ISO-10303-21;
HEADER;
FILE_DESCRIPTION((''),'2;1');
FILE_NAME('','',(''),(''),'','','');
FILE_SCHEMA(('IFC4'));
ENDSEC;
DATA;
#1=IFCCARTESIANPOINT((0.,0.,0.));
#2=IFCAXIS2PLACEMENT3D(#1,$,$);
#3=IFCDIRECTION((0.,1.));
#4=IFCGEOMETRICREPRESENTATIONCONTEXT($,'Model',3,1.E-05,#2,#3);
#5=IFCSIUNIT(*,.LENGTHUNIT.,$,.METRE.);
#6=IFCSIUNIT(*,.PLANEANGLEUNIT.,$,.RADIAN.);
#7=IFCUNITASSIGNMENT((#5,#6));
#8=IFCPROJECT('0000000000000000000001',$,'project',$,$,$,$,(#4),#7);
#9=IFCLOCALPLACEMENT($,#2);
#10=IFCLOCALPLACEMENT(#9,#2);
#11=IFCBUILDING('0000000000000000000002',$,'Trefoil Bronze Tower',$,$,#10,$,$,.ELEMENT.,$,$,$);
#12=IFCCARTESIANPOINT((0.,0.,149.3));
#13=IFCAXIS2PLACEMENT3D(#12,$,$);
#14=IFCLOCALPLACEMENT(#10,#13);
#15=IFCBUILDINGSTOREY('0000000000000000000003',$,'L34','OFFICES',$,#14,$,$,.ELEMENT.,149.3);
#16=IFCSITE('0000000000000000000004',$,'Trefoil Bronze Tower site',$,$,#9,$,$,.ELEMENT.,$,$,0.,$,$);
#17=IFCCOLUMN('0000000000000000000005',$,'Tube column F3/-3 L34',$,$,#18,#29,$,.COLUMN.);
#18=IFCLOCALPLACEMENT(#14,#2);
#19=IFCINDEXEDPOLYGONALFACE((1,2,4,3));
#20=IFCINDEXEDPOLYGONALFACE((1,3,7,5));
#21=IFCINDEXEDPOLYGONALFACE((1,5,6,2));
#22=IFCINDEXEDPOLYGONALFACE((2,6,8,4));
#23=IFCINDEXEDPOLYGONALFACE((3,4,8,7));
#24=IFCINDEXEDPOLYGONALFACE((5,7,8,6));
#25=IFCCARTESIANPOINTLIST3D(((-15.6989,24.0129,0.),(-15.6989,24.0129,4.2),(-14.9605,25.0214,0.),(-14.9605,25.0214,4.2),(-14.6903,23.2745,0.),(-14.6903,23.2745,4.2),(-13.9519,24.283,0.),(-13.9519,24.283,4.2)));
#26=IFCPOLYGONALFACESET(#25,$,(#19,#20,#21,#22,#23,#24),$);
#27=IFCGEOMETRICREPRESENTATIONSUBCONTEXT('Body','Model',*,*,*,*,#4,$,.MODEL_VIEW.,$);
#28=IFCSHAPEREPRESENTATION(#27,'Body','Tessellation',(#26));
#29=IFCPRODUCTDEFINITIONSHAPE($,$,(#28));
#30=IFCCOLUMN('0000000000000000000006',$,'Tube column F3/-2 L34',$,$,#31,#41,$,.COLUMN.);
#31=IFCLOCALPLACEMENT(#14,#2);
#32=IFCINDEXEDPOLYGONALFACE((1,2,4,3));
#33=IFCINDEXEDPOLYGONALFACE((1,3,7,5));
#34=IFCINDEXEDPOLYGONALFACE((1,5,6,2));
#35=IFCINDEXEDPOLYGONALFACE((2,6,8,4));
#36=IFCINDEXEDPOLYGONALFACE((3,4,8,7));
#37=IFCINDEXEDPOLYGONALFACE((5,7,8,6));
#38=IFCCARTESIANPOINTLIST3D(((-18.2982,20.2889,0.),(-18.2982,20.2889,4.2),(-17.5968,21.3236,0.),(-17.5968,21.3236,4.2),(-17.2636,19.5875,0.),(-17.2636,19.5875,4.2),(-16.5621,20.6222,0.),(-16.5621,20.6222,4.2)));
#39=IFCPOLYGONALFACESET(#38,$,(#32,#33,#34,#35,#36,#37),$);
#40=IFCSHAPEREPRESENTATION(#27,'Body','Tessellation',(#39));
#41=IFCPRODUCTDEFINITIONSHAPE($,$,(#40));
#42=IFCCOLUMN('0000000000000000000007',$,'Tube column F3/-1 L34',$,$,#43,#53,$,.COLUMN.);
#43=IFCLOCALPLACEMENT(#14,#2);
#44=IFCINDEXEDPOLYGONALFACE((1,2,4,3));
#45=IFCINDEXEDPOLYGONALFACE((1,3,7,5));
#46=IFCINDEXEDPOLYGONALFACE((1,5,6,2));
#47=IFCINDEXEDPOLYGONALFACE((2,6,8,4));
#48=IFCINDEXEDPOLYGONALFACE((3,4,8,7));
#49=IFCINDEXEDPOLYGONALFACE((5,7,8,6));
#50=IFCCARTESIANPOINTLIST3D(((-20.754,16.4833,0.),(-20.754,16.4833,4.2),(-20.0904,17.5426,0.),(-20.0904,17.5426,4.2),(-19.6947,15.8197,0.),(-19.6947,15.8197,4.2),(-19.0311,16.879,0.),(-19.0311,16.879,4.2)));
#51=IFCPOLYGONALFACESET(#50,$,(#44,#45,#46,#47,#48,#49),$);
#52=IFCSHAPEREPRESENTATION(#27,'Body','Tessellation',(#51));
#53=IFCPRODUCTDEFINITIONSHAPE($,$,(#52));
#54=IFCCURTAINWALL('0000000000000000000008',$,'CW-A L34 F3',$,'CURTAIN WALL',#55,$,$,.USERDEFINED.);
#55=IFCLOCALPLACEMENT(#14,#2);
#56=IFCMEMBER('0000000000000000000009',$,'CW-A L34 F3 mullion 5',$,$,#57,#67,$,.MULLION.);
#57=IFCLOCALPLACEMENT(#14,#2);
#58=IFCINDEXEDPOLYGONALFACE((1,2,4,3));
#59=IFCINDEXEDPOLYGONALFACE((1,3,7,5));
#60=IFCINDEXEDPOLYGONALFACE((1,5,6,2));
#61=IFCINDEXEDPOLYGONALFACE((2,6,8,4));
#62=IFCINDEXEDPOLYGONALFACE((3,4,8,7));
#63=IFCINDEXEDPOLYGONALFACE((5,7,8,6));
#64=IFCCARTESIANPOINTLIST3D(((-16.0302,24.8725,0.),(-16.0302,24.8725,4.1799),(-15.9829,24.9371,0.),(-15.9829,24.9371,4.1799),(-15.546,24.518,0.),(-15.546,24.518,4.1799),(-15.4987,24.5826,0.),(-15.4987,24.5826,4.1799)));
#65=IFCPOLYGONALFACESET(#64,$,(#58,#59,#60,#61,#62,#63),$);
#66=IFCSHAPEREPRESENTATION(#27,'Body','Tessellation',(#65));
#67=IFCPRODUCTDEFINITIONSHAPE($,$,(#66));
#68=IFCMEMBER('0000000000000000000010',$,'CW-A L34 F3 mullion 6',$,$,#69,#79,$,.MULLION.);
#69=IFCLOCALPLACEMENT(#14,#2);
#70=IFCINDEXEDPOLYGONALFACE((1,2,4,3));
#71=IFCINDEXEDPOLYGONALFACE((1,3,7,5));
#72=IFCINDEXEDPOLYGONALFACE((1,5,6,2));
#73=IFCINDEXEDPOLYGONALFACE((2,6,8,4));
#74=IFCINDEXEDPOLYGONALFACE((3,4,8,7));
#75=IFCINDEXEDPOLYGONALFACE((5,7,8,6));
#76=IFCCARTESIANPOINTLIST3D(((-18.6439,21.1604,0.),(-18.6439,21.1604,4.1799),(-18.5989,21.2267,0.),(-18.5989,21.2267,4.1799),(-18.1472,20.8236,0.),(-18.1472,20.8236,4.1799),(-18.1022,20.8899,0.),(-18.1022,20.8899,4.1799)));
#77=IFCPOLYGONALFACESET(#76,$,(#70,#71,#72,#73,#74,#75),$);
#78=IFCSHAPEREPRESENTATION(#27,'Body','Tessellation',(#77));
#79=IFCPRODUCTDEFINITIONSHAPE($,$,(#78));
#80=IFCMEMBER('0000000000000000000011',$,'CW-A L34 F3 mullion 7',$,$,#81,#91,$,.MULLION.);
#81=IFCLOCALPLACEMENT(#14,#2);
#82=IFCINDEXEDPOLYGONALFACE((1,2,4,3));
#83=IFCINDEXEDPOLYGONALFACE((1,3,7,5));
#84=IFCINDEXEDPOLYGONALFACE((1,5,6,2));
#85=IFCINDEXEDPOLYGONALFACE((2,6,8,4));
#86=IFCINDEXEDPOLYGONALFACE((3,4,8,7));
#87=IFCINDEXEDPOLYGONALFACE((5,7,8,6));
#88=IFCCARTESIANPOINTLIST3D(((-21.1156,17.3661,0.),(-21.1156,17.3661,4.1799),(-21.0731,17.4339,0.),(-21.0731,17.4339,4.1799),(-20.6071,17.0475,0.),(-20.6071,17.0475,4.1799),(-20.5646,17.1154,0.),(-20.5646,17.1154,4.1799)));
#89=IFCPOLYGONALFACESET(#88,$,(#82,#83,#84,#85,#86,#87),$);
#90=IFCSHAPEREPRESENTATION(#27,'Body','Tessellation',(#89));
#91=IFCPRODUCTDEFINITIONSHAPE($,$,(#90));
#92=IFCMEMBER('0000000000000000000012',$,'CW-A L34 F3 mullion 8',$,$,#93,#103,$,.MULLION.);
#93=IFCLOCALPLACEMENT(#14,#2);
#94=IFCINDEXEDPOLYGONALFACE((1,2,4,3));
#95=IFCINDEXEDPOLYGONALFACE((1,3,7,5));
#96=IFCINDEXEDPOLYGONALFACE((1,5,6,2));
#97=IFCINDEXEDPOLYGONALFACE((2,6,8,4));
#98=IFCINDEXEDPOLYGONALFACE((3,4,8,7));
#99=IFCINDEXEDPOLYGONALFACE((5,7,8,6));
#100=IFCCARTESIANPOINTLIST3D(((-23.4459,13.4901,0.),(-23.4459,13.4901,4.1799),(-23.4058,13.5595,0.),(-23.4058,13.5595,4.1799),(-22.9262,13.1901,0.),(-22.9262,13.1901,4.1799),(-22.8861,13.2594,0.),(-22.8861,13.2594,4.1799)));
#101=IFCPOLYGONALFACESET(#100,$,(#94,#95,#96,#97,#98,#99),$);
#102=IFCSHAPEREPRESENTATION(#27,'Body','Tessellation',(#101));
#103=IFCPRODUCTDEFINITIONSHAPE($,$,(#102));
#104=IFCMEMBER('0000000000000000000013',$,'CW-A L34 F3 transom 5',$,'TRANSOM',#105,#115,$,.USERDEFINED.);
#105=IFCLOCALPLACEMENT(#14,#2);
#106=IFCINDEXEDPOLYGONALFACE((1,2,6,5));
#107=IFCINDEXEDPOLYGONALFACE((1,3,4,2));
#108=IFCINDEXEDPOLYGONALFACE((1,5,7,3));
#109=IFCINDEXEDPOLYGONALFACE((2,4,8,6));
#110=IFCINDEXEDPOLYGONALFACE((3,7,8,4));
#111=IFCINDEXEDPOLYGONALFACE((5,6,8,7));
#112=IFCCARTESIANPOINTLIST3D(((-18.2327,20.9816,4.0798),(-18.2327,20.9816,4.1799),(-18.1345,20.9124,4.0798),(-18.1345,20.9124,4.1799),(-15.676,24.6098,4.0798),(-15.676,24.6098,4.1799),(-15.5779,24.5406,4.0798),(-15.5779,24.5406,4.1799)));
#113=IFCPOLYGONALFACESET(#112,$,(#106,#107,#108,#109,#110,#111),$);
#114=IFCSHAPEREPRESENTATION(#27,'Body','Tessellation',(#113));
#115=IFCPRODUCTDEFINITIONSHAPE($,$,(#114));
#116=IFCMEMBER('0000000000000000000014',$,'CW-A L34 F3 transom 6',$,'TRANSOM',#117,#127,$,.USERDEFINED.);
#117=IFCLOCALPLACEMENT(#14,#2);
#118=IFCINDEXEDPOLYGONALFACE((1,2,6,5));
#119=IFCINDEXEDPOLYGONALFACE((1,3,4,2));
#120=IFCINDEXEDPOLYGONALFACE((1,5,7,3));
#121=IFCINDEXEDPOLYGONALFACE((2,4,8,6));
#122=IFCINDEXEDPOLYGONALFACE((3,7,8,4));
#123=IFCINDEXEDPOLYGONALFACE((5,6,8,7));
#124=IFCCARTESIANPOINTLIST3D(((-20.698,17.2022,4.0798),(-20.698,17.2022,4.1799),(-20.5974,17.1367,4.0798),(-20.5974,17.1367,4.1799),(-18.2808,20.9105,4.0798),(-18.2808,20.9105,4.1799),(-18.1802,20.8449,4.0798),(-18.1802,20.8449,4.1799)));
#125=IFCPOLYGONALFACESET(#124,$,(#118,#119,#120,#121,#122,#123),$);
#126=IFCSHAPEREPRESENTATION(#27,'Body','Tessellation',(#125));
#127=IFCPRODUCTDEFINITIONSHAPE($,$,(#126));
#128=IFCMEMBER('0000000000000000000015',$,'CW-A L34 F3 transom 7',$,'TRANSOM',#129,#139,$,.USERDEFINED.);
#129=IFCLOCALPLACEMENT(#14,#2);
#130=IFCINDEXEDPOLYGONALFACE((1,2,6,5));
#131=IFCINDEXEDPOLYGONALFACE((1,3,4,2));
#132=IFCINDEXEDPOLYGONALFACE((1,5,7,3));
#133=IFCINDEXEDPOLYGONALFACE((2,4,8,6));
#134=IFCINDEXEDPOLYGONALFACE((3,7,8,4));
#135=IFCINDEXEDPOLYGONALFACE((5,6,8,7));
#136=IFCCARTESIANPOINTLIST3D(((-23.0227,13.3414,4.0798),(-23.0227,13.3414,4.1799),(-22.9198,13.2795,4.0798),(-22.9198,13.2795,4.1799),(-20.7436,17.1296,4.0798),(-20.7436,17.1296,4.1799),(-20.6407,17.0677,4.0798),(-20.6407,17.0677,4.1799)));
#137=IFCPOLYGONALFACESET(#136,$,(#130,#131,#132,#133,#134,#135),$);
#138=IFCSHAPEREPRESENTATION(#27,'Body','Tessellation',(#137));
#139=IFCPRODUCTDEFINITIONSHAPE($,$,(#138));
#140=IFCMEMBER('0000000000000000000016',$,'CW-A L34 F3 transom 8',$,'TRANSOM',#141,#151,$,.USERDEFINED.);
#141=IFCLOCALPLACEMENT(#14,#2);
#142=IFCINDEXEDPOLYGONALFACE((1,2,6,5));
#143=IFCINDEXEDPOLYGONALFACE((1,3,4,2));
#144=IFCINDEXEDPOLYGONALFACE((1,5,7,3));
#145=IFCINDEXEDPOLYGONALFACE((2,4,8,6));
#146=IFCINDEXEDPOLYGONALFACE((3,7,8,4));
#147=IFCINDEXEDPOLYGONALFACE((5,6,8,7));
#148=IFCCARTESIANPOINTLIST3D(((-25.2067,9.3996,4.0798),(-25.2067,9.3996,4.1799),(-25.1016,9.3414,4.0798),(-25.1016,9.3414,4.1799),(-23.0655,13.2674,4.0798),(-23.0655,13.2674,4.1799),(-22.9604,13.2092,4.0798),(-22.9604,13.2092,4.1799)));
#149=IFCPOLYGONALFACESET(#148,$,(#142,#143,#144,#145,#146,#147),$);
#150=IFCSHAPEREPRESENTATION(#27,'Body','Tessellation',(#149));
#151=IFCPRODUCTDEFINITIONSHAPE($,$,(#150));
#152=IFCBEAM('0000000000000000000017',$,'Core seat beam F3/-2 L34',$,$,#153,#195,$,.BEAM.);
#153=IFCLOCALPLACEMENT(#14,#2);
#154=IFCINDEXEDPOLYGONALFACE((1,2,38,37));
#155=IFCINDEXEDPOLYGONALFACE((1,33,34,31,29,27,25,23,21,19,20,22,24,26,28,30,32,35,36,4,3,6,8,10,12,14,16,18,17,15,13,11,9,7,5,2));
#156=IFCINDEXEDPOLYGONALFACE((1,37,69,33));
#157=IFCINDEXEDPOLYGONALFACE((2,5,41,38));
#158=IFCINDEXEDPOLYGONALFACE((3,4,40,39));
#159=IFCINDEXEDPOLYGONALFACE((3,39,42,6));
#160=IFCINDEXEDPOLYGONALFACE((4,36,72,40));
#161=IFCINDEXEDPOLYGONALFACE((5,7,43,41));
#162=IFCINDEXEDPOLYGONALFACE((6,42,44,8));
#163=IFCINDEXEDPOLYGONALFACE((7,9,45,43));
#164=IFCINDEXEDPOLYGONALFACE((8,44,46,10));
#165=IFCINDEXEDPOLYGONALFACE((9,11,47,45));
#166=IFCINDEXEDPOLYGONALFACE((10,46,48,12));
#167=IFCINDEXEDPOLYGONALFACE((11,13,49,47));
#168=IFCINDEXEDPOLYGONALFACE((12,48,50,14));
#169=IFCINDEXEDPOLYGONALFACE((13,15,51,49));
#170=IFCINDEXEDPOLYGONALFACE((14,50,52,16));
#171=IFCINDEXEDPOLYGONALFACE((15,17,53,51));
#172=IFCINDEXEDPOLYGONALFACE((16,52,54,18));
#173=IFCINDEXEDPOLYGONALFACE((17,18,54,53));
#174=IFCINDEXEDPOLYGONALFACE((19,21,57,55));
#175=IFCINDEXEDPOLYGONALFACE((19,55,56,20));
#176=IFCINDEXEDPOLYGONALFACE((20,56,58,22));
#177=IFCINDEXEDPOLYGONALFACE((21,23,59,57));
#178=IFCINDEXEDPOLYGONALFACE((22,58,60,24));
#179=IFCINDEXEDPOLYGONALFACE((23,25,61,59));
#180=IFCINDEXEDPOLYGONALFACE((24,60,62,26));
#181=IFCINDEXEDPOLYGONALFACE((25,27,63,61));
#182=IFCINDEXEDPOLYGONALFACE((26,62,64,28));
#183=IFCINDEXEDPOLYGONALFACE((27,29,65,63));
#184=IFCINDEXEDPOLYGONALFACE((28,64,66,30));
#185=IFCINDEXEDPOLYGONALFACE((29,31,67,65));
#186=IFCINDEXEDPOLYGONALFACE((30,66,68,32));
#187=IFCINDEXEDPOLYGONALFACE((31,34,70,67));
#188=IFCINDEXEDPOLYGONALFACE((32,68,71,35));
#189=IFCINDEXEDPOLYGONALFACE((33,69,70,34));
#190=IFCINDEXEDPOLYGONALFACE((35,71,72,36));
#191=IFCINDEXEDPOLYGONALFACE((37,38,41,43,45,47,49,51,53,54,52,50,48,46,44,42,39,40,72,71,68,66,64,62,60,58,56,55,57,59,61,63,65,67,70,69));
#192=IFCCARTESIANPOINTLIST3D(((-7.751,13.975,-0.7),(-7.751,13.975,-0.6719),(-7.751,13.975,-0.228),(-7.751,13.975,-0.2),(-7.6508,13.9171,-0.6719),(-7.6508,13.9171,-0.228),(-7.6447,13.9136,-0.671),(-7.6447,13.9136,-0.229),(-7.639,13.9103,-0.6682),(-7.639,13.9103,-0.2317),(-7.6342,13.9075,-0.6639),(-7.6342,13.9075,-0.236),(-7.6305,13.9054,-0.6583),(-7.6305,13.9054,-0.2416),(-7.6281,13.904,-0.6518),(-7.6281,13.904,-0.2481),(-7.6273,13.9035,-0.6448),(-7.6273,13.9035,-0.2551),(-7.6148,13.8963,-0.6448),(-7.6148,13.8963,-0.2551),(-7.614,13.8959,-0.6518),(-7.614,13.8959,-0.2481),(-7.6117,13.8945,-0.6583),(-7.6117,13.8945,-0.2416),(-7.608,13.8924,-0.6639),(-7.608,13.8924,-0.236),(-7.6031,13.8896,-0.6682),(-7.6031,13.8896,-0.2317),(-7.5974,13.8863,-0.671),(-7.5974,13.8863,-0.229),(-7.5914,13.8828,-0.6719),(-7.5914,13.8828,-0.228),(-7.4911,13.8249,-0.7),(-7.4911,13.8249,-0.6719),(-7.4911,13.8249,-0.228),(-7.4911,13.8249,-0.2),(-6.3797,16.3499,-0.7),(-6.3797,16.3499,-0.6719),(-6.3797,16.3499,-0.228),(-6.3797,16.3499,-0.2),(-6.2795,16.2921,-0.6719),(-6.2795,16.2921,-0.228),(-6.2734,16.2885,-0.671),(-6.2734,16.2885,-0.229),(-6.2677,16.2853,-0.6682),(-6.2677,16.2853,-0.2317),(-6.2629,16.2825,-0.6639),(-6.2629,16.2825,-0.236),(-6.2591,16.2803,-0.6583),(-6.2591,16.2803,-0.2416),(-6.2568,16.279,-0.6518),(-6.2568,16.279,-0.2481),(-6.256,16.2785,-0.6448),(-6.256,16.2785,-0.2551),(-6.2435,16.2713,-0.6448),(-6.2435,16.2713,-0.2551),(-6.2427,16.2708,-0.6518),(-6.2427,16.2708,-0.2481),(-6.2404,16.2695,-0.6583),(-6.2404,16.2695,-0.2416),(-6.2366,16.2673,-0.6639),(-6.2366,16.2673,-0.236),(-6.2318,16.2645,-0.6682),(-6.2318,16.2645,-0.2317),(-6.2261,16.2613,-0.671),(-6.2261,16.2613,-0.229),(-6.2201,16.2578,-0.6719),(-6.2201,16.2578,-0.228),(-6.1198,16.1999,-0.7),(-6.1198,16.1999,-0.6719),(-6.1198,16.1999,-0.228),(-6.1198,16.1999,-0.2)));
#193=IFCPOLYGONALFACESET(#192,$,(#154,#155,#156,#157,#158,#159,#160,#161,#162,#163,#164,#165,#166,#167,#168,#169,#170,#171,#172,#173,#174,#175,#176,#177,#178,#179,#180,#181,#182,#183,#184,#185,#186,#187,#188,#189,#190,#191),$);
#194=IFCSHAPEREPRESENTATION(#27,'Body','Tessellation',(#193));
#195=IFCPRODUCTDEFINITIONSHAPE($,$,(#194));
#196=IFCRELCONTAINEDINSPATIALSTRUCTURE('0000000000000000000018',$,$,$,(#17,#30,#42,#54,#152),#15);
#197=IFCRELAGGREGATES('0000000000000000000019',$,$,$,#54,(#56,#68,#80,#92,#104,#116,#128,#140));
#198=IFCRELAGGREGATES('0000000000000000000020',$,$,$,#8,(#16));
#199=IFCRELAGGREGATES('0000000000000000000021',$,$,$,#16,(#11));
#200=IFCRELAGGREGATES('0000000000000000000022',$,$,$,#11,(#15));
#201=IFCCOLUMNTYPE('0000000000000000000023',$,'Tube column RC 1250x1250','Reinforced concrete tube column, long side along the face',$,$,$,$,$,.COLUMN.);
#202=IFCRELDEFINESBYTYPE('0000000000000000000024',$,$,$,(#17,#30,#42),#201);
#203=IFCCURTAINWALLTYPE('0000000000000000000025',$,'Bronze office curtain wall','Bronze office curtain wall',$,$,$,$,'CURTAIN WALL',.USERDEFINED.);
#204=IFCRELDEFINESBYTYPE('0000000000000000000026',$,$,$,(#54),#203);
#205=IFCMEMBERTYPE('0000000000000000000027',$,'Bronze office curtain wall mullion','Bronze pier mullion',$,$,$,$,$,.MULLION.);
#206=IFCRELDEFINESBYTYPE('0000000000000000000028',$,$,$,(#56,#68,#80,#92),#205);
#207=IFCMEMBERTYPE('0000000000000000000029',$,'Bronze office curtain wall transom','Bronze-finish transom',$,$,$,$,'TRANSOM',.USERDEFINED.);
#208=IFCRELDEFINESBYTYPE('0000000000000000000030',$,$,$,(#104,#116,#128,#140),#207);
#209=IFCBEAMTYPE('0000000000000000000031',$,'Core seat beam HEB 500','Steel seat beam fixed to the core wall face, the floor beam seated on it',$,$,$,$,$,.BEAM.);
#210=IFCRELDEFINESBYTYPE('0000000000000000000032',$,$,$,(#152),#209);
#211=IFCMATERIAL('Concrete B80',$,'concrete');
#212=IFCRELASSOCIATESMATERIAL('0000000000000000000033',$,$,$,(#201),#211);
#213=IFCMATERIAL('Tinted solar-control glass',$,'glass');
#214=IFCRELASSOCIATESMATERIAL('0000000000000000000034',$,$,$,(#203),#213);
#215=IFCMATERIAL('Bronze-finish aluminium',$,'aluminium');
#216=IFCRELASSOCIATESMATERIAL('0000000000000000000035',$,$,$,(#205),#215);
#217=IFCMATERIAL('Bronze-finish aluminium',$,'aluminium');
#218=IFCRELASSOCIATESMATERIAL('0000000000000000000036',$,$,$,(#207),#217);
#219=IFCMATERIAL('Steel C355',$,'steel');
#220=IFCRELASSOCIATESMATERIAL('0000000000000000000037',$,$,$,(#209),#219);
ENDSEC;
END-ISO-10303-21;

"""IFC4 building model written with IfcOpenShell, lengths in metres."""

from ifc_helpers import new_model, si_unit, direction, frame, origin, origin_2d, place, context, subcontext, project, spatial, rectangle, i_section, extrude, material, material_profile, profile_set, type_object, element, aggregate, save


model = new_model("IFC4")

# Units and contexts
model_context = context("Model", 3, precision=1e-05, world=origin(), true_north=direction((0.0, 1.0)))
body_context = subcontext(model_context, "Body", "Model", "MODEL_VIEW")
ifc_project = project(units=[si_unit("LENGTHUNIT", "METRE"), si_unit("PLANEANGLEUNIT", "RADIAN")], contexts=[model_context])

# Site, building, storey
site_placement = place(None, origin())
site = spatial("IfcSite", under=ifc_project, at=site_placement, Name="Trefoil Bronze Tower site", CompositionType="ELEMENT", RefElevation=0.0)
building_placement = place(site_placement, origin())
building = spatial("IfcBuilding", under=site, at=building_placement, Name="Trefoil Bronze Tower", CompositionType="ELEMENT")
storey_placement = place(building_placement, frame((0.0, 0.0, 149.3)))
storey = spatial("IfcBuildingStorey", under=building, at=storey_placement, Name="L34", Description="OFFICES", CompositionType="ELEMENT", Elevation=149.3)

# Columns
ifc_material_1 = material(Name="Concrete B80", Category="concrete")
ifc_material_profile_1 = material_profile(ifc_material_1, rectangle(XDim=1.25, YDim=1.25, at=origin_2d()), Name="RC 1250x1250")
ifc_profile_set_1 = profile_set([ifc_material_profile_1], Name="Concrete B80")
column_type = type_object("IfcColumnType", Name="Tube column RC 1250x1250", Description="Reinforced concrete tube column, long side along the face", PredefinedType="COLUMN", material=ifc_profile_set_1)
for number, where, z_axis, x_axis, name in (
    (1, (-14.8254, 24.1479, 0.0), (0.0, 0.0, 1.0), (-0.590723, -0.806875, 0.0), "Tube column F3/-3 L34"),
    (2, (-17.4302, 20.4556, 0.0), (0.0, 0.0, 1.0), (-0.561136, -0.827724, 0.0), "Tube column F3/-2 L34"),
    (3, (-19.8926, 16.6812, 0.0), (0.0, 0.0, 1.0), (-0.530893, -0.847439, 0.0), "Tube column F3/-1 L34"),
):
    element("IfcColumn", number, at=place(storey_placement, frame(where, z_axis=z_axis, x_axis=x_axis)), inside=storey, type_object=column_type, Name=name, PredefinedType="COLUMN", context=body_context, shape_type="SweptSolid", body=[
        extrude(rectangle(XDim=1.25, YDim=1.25, at=origin_2d()), origin(), (0.0, 0.0, 1.0), 4.2),
    ])

# Curtain wall, members
ifc_material_2 = material(Name="Tinted solar-control glass", Category="glass")
curtain_wall_type = type_object("IfcCurtainWallType", Name="Bronze office curtain wall", Description="Bronze office curtain wall", ElementType="CURTAIN WALL", PredefinedType="USERDEFINED", material=ifc_material_2)
curtain_wall_placement = place(storey_placement, origin())
curtain_wall = element("IfcCurtainWall", 4, at=curtain_wall_placement, inside=storey, type_object=curtain_wall_type, Name="CW-A L34 F3", ObjectType="CURTAIN WALL", PredefinedType="USERDEFINED")
ifc_material_3 = material(Name="Bronze-finish aluminium", Category="aluminium")
ifc_material_profile_2 = material_profile(ifc_material_3, rectangle(XDim=0.6001, YDim=0.0801, at=origin_2d()), Name="CW-A mullion")
ifc_profile_set_2 = profile_set([ifc_material_profile_2], Name="Bronze-finish aluminium")
member_type_1 = type_object("IfcMemberType", Name="Bronze office curtain wall mullion", Description="Bronze pier mullion", PredefinedType="MULLION", material=ifc_profile_set_2)
member_1_placement = place(storey_placement, frame((-15.7644, 24.7275, 0.0), z_axis=(0.0, 0.0, 1.0), x_axis=(0.806875, -0.590723, 0.0)))
member_1 = element("IfcMember", 5, at=member_1_placement, type_object=member_type_1, Name="CW-A L34 F3 mullion 5", PredefinedType="MULLION", context=body_context, shape_type="SweptSolid", body=[
    extrude(rectangle(XDim=0.6001, YDim=0.0801, at=origin_2d()), origin(), (0.0, 0.0, 1.0), 4.1799),
])
member_2_placement = place(storey_placement, frame((-18.373, 21.0251, 0.0), z_axis=(0.0, 0.0, 1.0), x_axis=(0.827724, -0.561136, 0.0)))
member_2 = element("IfcMember", 6, at=member_2_placement, type_object=member_type_1, Name="CW-A L34 F3 mullion 6", PredefinedType="MULLION", context=body_context, shape_type="SweptSolid", body=[
    extrude(rectangle(XDim=0.6001, YDim=0.0801, at=origin_2d()), origin(), (0.0, 0.0, 1.0), 4.1799),
])
member_3_placement = place(storey_placement, frame((-20.8401, 17.2407, 0.0), z_axis=(0.0, 0.0, 1.0), x_axis=(0.847439, -0.530893, 0.0)))
member_3 = element("IfcMember", 7, at=member_3_placement, type_object=member_type_1, Name="CW-A L34 F3 mullion 7", PredefinedType="MULLION", context=body_context, shape_type="SweptSolid", body=[
    extrude(rectangle(XDim=0.6001, YDim=0.0801, at=origin_2d()), origin(), (0.0, 0.0, 1.0), 4.1799),
])
member_4_placement = place(storey_placement, frame((-23.166, 13.3748, 0.0), z_axis=(0.0, 0.0, 1.0), x_axis=(0.866025, -0.5, 0.0)))
member_4 = element("IfcMember", 8, at=member_4_placement, type_object=member_type_1, Name="CW-A L34 F3 mullion 8", PredefinedType="MULLION", context=body_context, shape_type="SweptSolid", body=[
    extrude(rectangle(XDim=0.6001, YDim=0.0801, at=origin_2d()), origin(), (0.0, 0.0, 1.0), 4.1799),
])
ifc_material_4 = material(Name="Bronze-finish aluminium", Category="aluminium")
ifc_material_profile_3 = material_profile(ifc_material_4, rectangle(XDim=0.1201, YDim=0.1001, at=origin_2d()), Name="CW-A transom")
ifc_profile_set_3 = profile_set([ifc_material_profile_3], Name="Bronze-finish aluminium")
member_type_2 = type_object("IfcMemberType", Name="Bronze office curtain wall transom", Description="Bronze-finish transom", ElementType="TRANSOM", PredefinedType="USERDEFINED", material=ifc_profile_set_3)
member_5_placement = place(storey_placement, frame((-15.627, 24.5752, 4.1299), z_axis=(-0.576018, -0.817437, 0.0), x_axis=(0.817437, -0.576018, 0.0)))
member_5 = element("IfcMember", 9, at=member_5_placement, type_object=member_type_2, Name="CW-A L34 F3 transom 5", ObjectType="TRANSOM", PredefinedType="USERDEFINED", context=body_context, shape_type="SweptSolid", body=[
    extrude(rectangle(XDim=0.1201, YDim=0.1001, at=origin_2d()), origin(), (0.0, 0.0, 1.0), 4.4385),
])
member_6_placement = place(storey_placement, frame((-18.2305, 20.8777, 4.1299), z_axis=(-0.546079, -0.837733, 0.0), x_axis=(0.837733, -0.546079, 0.0)))
member_6 = element("IfcMember", 10, at=member_6_placement, type_object=member_type_2, Name="CW-A L34 F3 transom 6", ObjectType="TRANSOM", PredefinedType="USERDEFINED", context=body_context, shape_type="SweptSolid", body=[
    extrude(rectangle(XDim=0.1201, YDim=0.1001, at=origin_2d()), origin(), (0.0, 0.0, 1.0), 4.4265),
])
member_7_placement = place(storey_placement, frame((-20.6921, 17.0986, 4.1299), z_axis=(-0.515527, -0.856873, 0.0), x_axis=(0.856873, -0.515527, 0.0)))
member_7 = element("IfcMember", 11, at=member_7_placement, type_object=member_type_2, Name="CW-A L34 F3 transom 7", ObjectType="TRANSOM", PredefinedType="USERDEFINED", context=body_context, shape_type="SweptSolid", body=[
    extrude(rectangle(XDim=0.1201, YDim=0.1001, at=origin_2d()), origin(), (0.0, 0.0, 1.0), 4.4209),
])
member_8_placement = place(storey_placement, frame((-23.0129, 13.2383, 4.1299), z_axis=(-0.484329, -0.874886, 0.0), x_axis=(0.874886, -0.484329, 0.0)))
member_8 = element("IfcMember", 12, at=member_8_placement, type_object=member_type_2, Name="CW-A L34 F3 transom 8", ObjectType="TRANSOM", PredefinedType="USERDEFINED", context=body_context, shape_type="SweptSolid", body=[
    extrude(rectangle(XDim=0.1201, YDim=0.1001, at=origin_2d()), origin(), (0.0, 0.0, 1.0), 4.4209),
])

# Beam
ifc_material_5 = material(Name="Steel C355", Category="steel")
ifc_material_profile_4 = material_profile(ifc_material_5, i_section(OverallWidth=0.3, OverallDepth=0.5, WebThickness=0.0144, FlangeThickness=0.0281, FilletRadius=0.0271, at=origin_2d()), Name="HEB 500")
ifc_profile_set_4 = profile_set([ifc_material_profile_4], Name="Steel C355")
beam_type_1 = type_object("IfcBeamType", Name="Core seat beam HEB 500", Description="Steel seat beam fixed to the core wall face, the floor beam seated on it", PredefinedType="BEAM", material=ifc_profile_set_4)
beam_1_placement = place(storey_placement, frame((-6.2498, 16.2749, -0.45), z_axis=(-0.500036, -0.866005, 0.0), x_axis=(0.866005, -0.500036, 0.0)))
element("IfcBeam", 13, at=beam_1_placement, inside=storey, type_object=beam_type_1, Name="Core seat beam F3/-2 L34", PredefinedType="BEAM", context=body_context, shape_type="SweptSolid", body=[
    extrude(i_section(OverallWidth=0.3, OverallDepth=0.5, WebThickness=0.0144, FlangeThickness=0.0281, FilletRadius=0.0271, at=origin_2d()), origin(), (0.0, 0.0, 1.0), 2.7424),
])

aggregate(curtain_wall, [member_1, member_2, member_3, member_4, member_5, member_6, member_7, member_8])

save(model, "model.ifc")
